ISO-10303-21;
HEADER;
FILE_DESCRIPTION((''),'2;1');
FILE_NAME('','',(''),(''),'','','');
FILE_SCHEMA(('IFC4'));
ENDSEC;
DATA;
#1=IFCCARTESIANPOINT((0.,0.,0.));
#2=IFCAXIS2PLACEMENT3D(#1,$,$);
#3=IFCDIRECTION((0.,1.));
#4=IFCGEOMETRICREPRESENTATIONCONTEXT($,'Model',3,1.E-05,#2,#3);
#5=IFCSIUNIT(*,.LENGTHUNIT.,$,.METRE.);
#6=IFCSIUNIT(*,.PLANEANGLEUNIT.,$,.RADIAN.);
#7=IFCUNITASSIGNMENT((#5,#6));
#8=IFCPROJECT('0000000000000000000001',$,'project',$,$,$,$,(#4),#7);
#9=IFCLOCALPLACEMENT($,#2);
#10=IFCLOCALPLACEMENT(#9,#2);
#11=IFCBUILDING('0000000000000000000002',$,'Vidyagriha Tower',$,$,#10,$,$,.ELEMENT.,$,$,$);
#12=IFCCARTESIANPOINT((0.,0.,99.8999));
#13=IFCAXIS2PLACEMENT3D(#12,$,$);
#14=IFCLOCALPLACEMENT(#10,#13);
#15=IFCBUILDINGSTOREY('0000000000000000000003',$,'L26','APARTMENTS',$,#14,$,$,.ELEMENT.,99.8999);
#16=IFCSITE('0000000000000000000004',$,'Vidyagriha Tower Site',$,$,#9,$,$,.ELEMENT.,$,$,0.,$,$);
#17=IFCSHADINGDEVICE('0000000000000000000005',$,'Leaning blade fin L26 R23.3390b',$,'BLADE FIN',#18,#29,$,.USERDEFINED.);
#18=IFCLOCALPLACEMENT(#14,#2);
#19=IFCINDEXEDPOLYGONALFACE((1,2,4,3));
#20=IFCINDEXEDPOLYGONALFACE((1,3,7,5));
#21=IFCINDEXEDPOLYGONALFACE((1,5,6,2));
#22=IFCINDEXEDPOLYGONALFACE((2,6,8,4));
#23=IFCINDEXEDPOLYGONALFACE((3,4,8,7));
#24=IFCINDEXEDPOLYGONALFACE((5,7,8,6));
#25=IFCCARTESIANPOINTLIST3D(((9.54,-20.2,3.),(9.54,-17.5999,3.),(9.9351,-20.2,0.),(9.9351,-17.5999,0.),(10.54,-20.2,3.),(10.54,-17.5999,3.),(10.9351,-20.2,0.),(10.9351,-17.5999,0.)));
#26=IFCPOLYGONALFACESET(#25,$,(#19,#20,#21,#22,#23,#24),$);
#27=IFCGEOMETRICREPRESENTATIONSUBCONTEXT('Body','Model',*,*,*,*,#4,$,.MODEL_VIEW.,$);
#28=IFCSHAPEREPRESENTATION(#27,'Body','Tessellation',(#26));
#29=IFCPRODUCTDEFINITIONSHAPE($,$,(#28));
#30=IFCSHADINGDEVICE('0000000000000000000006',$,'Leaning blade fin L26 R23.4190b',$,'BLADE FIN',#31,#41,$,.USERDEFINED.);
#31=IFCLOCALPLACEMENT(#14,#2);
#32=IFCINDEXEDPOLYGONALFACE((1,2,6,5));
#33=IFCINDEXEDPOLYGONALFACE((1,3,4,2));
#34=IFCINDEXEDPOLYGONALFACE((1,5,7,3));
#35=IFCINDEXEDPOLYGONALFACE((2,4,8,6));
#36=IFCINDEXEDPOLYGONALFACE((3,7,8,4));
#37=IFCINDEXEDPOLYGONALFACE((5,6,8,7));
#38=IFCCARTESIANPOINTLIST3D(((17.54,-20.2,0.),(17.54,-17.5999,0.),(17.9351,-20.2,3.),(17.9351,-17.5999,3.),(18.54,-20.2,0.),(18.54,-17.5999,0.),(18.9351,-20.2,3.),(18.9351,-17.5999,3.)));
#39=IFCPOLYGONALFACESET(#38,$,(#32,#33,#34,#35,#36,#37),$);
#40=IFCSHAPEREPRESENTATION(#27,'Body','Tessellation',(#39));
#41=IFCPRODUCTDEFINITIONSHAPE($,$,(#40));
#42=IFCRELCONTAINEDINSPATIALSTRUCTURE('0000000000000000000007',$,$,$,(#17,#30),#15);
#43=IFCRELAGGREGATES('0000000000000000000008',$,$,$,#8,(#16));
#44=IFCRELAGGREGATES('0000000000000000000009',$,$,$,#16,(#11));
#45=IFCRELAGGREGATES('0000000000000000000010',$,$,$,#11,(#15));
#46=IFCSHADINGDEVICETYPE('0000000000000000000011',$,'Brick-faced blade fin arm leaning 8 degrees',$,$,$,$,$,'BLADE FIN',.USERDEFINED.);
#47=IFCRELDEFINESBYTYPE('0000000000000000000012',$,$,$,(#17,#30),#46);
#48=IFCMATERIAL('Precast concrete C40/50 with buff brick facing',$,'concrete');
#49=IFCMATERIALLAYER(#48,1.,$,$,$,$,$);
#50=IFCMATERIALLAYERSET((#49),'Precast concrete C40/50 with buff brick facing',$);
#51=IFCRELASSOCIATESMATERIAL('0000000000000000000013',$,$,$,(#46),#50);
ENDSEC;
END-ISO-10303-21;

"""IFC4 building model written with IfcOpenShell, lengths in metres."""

from ifc_helpers import new_model, si_unit, direction, frame, origin, place, context, subcontext, project, spatial, polyline, outline, extrude, material, layer, layer_set, type_object, element, save


model = new_model("IFC4")

# Units and contexts
model_context = context("Model", 3, precision=1e-05, world=origin(), true_north=direction((0.0, 1.0)))
body_context = subcontext(model_context, "Body", "Model", "MODEL_VIEW")
ifc_project = project(units=[si_unit("LENGTHUNIT", "METRE"), si_unit("PLANEANGLEUNIT", "RADIAN")], contexts=[model_context])

# Site, building, storey
site_placement = place(None, origin())
site = spatial("IfcSite", under=ifc_project, at=site_placement, Name="Vidyagriha Tower Site", CompositionType="ELEMENT", RefElevation=0.0)
building_placement = place(site_placement, origin())
building = spatial("IfcBuilding", under=site, at=building_placement, Name="Vidyagriha Tower", CompositionType="ELEMENT")
storey_placement = place(building_placement, frame((0.0, 0.0, 99.8999)))
storey = spatial("IfcBuildingStorey", under=building, at=storey_placement, Name="L26", Description="APARTMENTS", CompositionType="ELEMENT", Elevation=99.8999)

# Shading devices
ifc_material_1 = material(Name="Precast concrete C40/50 with buff brick facing", Category="concrete")
ifc_layer_1 = layer(ifc_material_1, 1.0)
ifc_layer_set_1 = layer_set([ifc_layer_1], Name="Precast concrete C40/50 with buff brick facing")
shading_device_type = type_object("IfcShadingDeviceType", Name="Brick-faced blade fin arm leaning 8 degrees", ElementType="BLADE FIN", PredefinedType="USERDEFINED", material=ifc_layer_set_1)
shading_device_1_placement = place(storey_placement, frame((9.54, -18.8999, 0.0)))
element("IfcShadingDevice", 1, at=shading_device_1_placement, inside=storey, type_object=shading_device_type, Name="Leaning blade fin L26 R23.3390b", ObjectType="BLADE FIN", PredefinedType="USERDEFINED", context=body_context, shape_type="SweptSolid", body=[
    extrude(outline(polyline([(0.395, 0.0), (1.395, 0.0), (1.0, 3.0), (0.0, 3.0), (0.395, 0.0)])), frame((0.0, 1.3, 0.0), z_axis=(0.0, -1.0, 0.0), x_axis=(1.0, 0.0, 0.0)), (0.0, 0.0, 1.0), 2.6001),
])
shading_device_2_placement = place(storey_placement, frame((17.54, -18.8999, 0.0)))
element("IfcShadingDevice", 2, at=shading_device_2_placement, inside=storey, type_object=shading_device_type, Name="Leaning blade fin L26 R23.4190b", ObjectType="BLADE FIN", PredefinedType="USERDEFINED", context=body_context, shape_type="SweptSolid", body=[
    extrude(outline(polyline([(0.0, 0.0), (1.0, 0.0), (1.395, 3.0), (0.395, 3.0), (0.0, 0.0)])), frame((0.0, 1.3, 0.0), z_axis=(0.0, -1.0, 0.0), x_axis=(1.0, 0.0, 0.0)), (0.0, 0.0, 1.0), 2.6001),
])

save(model, "model.ifc")
